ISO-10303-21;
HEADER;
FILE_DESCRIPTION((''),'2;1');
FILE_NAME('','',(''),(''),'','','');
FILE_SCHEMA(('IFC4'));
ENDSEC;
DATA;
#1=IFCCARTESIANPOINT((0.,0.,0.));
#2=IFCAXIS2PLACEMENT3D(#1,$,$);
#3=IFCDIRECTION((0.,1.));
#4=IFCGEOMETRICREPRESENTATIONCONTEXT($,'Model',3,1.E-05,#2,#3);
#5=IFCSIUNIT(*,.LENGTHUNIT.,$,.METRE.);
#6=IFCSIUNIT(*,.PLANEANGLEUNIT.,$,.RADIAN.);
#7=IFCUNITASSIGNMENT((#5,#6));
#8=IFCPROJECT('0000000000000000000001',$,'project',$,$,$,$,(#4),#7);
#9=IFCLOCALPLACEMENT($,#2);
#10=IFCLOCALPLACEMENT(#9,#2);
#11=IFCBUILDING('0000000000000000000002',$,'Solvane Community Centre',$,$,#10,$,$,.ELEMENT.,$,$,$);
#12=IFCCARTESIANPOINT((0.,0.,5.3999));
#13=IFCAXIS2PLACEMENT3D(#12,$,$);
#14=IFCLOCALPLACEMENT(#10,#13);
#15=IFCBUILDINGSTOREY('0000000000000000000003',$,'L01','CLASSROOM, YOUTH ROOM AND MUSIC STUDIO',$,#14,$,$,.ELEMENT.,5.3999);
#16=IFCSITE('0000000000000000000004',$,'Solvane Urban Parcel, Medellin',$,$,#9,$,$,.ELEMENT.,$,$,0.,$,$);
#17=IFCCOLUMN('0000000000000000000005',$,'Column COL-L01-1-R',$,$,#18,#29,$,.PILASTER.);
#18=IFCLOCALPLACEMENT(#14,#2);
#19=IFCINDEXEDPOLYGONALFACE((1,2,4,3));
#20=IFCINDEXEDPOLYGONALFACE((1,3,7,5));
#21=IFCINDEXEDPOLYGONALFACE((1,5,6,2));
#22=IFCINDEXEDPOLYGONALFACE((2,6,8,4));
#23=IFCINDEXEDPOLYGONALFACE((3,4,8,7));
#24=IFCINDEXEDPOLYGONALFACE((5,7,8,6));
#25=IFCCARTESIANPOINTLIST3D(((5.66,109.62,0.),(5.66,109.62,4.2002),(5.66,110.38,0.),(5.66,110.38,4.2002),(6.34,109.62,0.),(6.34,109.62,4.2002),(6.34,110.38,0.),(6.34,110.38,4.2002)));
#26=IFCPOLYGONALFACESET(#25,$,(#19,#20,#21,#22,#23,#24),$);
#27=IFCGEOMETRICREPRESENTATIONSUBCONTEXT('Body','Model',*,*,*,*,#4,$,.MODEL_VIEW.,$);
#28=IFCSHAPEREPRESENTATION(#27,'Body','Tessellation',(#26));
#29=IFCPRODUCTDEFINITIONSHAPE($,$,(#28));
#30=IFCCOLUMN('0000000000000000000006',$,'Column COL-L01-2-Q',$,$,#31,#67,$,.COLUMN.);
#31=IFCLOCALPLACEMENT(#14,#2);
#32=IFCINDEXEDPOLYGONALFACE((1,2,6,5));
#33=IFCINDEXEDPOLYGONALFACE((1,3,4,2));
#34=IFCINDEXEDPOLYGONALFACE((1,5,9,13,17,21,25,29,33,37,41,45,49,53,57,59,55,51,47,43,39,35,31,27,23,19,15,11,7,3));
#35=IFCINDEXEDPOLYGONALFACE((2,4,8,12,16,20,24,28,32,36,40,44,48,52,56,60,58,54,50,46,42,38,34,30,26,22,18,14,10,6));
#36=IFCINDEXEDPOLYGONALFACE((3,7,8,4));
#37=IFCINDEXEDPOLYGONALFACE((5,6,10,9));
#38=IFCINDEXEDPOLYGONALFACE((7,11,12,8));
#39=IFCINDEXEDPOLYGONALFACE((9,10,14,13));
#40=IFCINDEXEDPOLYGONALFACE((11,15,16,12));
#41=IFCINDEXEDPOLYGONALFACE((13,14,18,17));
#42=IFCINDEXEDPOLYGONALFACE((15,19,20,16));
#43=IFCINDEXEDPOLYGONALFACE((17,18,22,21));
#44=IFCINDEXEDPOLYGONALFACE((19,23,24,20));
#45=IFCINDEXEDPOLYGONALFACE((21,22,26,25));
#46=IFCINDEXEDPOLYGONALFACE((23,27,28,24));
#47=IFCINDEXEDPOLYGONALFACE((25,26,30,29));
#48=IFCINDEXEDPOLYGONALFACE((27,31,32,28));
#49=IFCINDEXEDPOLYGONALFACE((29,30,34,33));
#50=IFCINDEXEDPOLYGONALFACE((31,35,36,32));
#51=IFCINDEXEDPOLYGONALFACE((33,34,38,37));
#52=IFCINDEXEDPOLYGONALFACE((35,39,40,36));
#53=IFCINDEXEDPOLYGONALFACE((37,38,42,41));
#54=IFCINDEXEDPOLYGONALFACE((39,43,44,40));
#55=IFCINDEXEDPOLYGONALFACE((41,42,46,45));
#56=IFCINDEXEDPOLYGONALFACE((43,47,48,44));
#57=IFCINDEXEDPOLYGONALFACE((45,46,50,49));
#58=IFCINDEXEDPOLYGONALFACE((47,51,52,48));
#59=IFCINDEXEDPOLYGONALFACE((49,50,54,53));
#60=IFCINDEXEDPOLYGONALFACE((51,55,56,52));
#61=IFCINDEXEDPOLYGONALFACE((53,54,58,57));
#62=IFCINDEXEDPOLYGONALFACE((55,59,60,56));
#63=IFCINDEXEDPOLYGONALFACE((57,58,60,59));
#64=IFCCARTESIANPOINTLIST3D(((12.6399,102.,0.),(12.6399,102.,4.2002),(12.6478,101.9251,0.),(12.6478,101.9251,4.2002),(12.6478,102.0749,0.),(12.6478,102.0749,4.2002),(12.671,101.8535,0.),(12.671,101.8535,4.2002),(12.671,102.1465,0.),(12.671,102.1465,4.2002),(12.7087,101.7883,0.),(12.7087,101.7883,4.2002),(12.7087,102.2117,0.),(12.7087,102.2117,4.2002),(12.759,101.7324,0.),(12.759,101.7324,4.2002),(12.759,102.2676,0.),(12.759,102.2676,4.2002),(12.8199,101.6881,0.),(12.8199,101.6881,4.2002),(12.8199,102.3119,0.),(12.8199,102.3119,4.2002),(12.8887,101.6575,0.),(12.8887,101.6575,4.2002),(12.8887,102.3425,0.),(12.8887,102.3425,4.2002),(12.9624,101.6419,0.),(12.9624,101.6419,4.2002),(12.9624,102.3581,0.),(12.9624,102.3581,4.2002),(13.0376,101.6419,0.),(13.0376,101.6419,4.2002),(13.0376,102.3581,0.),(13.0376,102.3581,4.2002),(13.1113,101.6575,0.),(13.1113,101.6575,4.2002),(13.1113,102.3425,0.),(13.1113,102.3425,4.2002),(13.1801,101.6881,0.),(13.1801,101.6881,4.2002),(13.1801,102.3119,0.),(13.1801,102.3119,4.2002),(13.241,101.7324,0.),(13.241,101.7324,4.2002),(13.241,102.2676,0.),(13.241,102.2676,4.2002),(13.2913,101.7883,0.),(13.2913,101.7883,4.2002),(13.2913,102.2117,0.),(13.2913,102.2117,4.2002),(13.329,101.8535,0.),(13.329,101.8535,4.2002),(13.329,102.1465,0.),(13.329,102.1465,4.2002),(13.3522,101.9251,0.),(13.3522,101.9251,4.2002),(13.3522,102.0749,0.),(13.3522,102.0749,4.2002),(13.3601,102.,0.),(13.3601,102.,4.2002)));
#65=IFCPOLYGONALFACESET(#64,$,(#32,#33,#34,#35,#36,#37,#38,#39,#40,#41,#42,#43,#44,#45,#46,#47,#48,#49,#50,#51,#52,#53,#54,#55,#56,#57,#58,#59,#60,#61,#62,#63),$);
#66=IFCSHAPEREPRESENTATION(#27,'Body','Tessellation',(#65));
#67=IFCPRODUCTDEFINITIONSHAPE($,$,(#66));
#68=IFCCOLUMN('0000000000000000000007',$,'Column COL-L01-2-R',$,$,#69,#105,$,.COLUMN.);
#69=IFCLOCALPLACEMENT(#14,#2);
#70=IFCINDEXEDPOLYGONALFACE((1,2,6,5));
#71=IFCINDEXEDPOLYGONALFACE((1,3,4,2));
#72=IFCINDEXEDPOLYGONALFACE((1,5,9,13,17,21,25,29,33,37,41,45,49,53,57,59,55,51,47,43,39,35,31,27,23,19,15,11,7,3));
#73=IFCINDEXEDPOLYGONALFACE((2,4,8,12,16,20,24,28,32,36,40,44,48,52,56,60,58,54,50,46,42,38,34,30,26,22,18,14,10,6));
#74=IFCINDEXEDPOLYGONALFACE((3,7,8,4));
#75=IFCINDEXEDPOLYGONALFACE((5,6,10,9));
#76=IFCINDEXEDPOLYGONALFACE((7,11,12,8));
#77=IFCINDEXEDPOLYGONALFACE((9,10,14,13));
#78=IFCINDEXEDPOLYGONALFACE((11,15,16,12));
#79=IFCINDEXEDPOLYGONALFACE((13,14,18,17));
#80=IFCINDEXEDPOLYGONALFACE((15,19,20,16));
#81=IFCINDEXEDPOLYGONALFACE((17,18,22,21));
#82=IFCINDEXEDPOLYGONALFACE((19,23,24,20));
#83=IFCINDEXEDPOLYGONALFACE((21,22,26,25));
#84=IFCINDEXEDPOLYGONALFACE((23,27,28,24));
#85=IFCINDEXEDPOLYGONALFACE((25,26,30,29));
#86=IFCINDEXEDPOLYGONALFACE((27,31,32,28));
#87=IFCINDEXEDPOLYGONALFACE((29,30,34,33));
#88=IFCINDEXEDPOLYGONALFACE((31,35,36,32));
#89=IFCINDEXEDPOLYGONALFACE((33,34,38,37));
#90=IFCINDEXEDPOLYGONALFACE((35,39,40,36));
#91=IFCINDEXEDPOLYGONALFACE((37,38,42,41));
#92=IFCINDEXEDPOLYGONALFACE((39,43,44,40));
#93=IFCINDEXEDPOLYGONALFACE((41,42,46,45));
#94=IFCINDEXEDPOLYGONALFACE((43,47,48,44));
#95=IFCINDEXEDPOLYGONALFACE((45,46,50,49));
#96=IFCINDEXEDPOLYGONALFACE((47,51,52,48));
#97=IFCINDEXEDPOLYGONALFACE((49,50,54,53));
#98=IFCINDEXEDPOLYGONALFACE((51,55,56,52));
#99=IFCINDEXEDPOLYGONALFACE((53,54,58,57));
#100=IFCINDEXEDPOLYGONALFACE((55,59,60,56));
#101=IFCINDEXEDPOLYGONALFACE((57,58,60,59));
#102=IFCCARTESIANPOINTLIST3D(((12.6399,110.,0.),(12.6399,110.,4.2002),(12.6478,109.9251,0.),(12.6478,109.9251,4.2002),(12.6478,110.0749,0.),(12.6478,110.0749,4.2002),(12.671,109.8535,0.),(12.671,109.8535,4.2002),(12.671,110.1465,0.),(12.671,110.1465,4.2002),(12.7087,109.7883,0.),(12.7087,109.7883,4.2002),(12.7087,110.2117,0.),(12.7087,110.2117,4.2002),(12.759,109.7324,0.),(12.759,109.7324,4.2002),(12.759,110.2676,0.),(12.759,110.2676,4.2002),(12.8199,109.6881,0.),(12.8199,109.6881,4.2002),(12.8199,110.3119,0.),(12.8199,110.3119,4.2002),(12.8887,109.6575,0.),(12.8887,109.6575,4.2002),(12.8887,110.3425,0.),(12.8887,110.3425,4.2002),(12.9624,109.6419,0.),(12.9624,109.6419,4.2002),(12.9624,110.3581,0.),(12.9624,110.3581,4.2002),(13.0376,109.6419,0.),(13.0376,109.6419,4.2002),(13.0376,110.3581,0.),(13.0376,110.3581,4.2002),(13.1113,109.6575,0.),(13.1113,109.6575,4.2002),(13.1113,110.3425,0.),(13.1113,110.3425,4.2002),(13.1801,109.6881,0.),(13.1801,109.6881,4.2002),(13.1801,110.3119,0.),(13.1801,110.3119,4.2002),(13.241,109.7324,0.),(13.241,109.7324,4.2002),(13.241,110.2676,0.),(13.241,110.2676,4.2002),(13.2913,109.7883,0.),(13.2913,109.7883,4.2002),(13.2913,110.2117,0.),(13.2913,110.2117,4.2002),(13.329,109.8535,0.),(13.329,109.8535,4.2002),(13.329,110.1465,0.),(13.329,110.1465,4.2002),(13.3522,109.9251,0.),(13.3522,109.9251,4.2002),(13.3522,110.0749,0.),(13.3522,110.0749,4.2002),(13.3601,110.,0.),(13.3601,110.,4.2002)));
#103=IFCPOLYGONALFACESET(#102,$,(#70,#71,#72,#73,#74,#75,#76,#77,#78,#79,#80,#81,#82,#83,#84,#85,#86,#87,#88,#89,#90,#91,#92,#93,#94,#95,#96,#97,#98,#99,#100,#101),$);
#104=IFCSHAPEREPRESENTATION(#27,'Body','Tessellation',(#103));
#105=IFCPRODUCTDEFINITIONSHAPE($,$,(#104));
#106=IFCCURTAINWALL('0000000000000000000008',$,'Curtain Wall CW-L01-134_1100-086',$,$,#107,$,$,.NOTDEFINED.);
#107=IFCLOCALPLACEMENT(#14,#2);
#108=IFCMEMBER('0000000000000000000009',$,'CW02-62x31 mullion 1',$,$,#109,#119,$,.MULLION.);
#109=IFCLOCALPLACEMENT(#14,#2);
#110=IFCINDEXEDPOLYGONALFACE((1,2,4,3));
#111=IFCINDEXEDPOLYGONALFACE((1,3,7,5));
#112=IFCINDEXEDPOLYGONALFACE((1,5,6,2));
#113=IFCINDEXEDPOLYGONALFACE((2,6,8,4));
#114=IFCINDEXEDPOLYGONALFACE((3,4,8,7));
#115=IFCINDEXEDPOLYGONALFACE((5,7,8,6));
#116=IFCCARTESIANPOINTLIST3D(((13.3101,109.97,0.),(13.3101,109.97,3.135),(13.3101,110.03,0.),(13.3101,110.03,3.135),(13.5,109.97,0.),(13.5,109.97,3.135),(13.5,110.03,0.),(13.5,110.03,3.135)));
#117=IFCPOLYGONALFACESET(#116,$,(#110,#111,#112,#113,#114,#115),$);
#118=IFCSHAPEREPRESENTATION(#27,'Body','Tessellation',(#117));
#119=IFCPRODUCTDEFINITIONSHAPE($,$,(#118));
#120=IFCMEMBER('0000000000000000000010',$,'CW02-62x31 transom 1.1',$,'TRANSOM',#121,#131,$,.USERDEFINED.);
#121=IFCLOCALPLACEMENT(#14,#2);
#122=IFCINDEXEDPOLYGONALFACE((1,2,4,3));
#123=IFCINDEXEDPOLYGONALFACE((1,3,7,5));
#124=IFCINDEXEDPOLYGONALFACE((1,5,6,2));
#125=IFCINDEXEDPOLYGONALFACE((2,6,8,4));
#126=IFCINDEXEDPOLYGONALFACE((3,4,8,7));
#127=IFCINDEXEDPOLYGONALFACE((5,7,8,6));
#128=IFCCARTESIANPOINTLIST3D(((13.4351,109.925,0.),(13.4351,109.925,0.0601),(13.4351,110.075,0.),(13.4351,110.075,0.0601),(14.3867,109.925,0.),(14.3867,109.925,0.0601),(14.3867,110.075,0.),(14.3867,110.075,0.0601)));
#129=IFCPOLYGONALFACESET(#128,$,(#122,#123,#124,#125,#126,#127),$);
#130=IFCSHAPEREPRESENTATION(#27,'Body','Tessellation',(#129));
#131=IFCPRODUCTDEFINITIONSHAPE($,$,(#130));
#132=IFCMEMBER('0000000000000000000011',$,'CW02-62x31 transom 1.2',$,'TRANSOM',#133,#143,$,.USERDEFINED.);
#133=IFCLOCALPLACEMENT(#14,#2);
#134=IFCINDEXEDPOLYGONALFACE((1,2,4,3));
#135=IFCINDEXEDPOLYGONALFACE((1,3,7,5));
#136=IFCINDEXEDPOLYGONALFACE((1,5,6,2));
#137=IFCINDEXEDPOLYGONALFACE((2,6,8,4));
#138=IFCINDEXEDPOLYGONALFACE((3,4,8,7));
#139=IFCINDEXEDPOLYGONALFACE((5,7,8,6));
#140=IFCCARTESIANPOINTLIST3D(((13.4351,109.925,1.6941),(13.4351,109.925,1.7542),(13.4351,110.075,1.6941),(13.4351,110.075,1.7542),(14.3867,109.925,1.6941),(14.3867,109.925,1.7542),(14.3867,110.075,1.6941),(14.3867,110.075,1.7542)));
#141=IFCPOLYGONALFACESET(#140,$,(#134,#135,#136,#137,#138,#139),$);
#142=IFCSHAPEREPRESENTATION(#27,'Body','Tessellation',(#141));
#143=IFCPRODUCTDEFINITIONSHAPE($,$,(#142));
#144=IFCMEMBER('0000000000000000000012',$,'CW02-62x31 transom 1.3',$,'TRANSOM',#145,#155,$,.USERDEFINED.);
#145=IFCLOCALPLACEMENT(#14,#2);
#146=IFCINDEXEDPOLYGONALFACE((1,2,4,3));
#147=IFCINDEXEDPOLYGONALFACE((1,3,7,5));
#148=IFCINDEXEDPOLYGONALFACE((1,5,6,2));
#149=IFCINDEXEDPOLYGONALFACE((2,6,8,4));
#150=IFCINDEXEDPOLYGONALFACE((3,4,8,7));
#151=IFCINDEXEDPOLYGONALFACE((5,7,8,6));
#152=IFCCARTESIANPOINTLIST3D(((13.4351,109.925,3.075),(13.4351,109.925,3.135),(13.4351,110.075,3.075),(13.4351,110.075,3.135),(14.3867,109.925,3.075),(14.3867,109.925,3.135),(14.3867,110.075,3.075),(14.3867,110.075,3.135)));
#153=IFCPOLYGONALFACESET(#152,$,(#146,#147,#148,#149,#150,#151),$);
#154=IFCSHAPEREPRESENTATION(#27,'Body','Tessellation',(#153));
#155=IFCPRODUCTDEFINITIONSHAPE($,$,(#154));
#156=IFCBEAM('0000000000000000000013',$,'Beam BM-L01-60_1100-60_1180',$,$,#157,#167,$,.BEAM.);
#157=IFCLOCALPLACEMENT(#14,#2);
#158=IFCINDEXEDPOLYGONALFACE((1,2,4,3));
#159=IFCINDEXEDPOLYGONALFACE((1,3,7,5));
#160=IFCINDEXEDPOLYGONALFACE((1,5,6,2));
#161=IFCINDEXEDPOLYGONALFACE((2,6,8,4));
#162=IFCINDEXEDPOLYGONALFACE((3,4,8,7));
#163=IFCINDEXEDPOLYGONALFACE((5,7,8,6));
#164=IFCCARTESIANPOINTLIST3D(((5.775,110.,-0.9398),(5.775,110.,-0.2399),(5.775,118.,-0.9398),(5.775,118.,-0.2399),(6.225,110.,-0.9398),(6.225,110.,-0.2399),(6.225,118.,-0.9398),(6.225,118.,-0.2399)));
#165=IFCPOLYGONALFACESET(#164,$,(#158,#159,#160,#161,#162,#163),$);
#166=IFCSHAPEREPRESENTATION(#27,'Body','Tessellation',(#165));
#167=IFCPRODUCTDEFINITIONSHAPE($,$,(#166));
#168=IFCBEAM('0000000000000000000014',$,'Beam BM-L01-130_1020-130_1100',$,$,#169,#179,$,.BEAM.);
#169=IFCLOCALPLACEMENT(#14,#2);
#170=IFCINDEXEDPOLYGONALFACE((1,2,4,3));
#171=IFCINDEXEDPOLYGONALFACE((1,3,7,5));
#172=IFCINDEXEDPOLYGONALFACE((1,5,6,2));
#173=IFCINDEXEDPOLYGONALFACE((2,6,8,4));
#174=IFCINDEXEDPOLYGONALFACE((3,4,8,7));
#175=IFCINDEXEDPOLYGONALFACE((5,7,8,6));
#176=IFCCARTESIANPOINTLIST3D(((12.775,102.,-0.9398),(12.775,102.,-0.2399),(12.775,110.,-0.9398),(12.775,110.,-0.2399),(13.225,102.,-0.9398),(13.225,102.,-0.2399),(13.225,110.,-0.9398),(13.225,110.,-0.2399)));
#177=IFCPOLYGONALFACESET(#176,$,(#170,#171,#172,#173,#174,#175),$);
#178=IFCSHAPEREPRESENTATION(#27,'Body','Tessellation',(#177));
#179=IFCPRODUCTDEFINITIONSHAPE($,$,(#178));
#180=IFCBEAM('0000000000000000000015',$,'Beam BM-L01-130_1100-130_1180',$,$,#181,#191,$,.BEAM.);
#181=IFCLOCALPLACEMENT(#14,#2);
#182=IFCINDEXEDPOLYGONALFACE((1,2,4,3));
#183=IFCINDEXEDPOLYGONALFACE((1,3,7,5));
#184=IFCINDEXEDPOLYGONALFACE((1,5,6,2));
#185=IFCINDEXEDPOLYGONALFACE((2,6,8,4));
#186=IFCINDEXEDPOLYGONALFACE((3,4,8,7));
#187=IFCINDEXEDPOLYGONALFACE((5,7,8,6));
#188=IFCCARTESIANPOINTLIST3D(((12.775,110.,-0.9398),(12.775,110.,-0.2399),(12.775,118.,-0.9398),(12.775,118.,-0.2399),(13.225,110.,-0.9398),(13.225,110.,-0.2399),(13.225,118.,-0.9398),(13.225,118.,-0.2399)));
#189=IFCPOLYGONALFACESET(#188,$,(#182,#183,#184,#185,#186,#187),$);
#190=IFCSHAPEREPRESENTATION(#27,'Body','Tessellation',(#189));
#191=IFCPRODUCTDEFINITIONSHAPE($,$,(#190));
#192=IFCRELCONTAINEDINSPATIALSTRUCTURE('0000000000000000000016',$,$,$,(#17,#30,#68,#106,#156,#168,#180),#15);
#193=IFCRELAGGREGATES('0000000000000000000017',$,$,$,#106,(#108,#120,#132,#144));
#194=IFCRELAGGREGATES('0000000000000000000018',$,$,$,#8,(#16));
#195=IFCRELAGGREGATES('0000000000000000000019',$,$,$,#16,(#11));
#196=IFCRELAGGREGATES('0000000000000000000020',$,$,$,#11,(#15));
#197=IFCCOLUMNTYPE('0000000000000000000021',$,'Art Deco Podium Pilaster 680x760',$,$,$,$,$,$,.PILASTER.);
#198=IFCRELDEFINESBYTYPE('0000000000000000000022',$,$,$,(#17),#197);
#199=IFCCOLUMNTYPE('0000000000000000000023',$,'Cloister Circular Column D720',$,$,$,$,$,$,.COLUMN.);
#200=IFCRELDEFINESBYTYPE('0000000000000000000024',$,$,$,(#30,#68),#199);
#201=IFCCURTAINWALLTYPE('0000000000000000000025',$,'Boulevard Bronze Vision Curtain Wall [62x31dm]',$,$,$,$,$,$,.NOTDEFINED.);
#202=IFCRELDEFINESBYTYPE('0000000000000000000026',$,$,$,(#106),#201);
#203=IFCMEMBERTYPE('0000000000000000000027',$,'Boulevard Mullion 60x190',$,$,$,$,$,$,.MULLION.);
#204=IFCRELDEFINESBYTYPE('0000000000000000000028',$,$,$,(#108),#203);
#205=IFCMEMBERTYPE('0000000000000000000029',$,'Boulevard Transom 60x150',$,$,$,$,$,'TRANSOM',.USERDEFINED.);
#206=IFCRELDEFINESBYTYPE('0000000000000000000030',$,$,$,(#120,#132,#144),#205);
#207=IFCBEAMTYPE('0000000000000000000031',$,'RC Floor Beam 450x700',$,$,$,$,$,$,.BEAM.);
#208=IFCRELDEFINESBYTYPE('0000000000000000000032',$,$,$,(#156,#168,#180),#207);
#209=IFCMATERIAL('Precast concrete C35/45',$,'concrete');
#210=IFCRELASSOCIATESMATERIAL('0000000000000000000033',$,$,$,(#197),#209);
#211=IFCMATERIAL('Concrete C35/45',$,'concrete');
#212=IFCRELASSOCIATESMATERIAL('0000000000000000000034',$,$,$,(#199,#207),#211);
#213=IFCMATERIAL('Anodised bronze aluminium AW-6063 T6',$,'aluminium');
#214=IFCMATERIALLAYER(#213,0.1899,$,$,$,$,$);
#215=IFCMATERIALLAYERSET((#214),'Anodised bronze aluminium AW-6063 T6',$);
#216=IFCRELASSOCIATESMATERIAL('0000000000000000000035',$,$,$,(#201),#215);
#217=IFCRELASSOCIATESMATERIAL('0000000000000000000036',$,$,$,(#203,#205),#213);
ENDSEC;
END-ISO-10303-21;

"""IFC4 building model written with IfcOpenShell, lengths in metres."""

from ifc_helpers import new_model, si_unit, direction, frame, origin, origin_2d, place, context, subcontext, project, spatial, rectangle, circle, extrude, material, layer, layer_set, material_profile, profile_set, type_object, element, aggregate, save


model = new_model("IFC4")

# Units and contexts
model_context = context("Model", 3, precision=1e-05, world=origin(), true_north=direction((0.0, 1.0)))
body_context = subcontext(model_context, "Body", "Model", "MODEL_VIEW")
ifc_project = project(units=[si_unit("LENGTHUNIT", "METRE"), si_unit("PLANEANGLEUNIT", "RADIAN")], contexts=[model_context])

# Site, building, storey
site_placement = place(None, origin())
site = spatial("IfcSite", under=ifc_project, at=site_placement, Name="Solvane Urban Parcel, Medellin", CompositionType="ELEMENT", RefElevation=0.0)
building_placement = place(site_placement, origin())
building = spatial("IfcBuilding", under=site, at=building_placement, Name="Solvane Community Centre", CompositionType="ELEMENT")
storey_placement = place(building_placement, frame((0.0, 0.0, 5.3999)))
storey = spatial("IfcBuildingStorey", under=building, at=storey_placement, Name="L01", Description="CLASSROOM, YOUTH ROOM AND MUSIC STUDIO", CompositionType="ELEMENT", Elevation=5.3999)

# Columns
ifc_material_1 = material(Name="Precast concrete C35/45", Category="concrete")
ifc_material_profile_1 = material_profile(ifc_material_1, rectangle(XDim=0.6799, YDim=0.76, at=origin_2d()), Name="RC 680x760")
ifc_profile_set_1 = profile_set([ifc_material_profile_1], Name="Precast concrete C35/45")
column_type_1 = type_object("IfcColumnType", Name="Art Deco Podium Pilaster 680x760", PredefinedType="PILASTER", material=ifc_profile_set_1)
column_placement = place(storey_placement, frame((6.0, 110.0, 0.0), z_axis=(0.0, 0.0, 1.0), x_axis=(1.0, 0.0, 0.0)))
element("IfcColumn", 1, at=column_placement, inside=storey, type_object=column_type_1, Name="Column COL-L01-1-R", PredefinedType="PILASTER", context=body_context, shape_type="SweptSolid", body=[
    extrude(rectangle(XDim=0.6799, YDim=0.76, at=origin_2d()), origin(), (0.0, 0.0, 1.0), 4.2002),
])
ifc_material_2 = material(Name="Concrete C35/45", Category="concrete")
ifc_material_profile_2 = material_profile(ifc_material_2, circle(Radius=0.3601, at=origin_2d()), Name="RC D720")
ifc_profile_set_2 = profile_set([ifc_material_profile_2], Name="Concrete C35/45")
column_type_2 = type_object("IfcColumnType", Name="Cloister Circular Column D720", PredefinedType="COLUMN", material=ifc_profile_set_2)
for number, where, z_axis, x_axis, name in (
    (2, (13.0, 102.0, 0.0), (0.0, 0.0, 1.0), (1.0, 0.0, 0.0), "Column COL-L01-2-Q"),
    (3, (13.0, 110.0, 0.0), (0.0, 0.0, 1.0), (1.0, 0.0, 0.0), "Column COL-L01-2-R"),
):
    element("IfcColumn", number, at=place(storey_placement, frame(where, z_axis=z_axis, x_axis=x_axis)), inside=storey, type_object=column_type_2, Name=name, PredefinedType="COLUMN", context=body_context, shape_type="SweptSolid", body=[
        extrude(circle(Radius=0.3601, at=origin_2d()), origin(), (0.0, 0.0, 1.0), 4.2002),
    ])

# Curtain wall, members
ifc_material_3 = material(Name="Anodised bronze aluminium AW-6063 T6", Category="aluminium")
ifc_layer_1 = layer(ifc_material_3, 0.1899)
ifc_layer_set_1 = layer_set([ifc_layer_1], Name="Anodised bronze aluminium AW-6063 T6")
curtain_wall_type = type_object("IfcCurtainWallType", Name="Boulevard Bronze Vision Curtain Wall [62x31dm]", PredefinedType="NOTDEFINED", material=ifc_layer_set_1)
curtain_wall_placement = place(storey_placement, origin())
curtain_wall = element("IfcCurtainWall", 4, at=curtain_wall_placement, inside=storey, type_object=curtain_wall_type, Name="Curtain Wall CW-L01-134_1100-086", PredefinedType="NOTDEFINED")
ifc_material_profile_3 = material_profile(ifc_material_3, rectangle(XDim=0.0601, YDim=0.1899, at=origin_2d()), Name="CW-M 60x190")
ifc_profile_set_3 = profile_set([ifc_material_profile_3], Name="Anodised bronze aluminium AW-6063 T6")
member_type_1 = type_object("IfcMemberType", Name="Boulevard Mullion 60x190", PredefinedType="MULLION", material=ifc_profile_set_3)
member_1_placement = place(storey_placement, frame((13.405, 110.0, 0.0), z_axis=(0.0, 0.0, 1.0), x_axis=(0.0, 1.0, 0.0)))
member_1 = element("IfcMember", 5, at=member_1_placement, type_object=member_type_1, Name="CW02-62x31 mullion 1", PredefinedType="MULLION", context=body_context, shape_type="SweptSolid", body=[
    extrude(rectangle(XDim=0.0601, YDim=0.1899, at=origin_2d()), origin(), (0.0, 0.0, 1.0), 3.135),
])
ifc_material_profile_4 = material_profile(ifc_material_3, rectangle(XDim=0.1499, YDim=0.0601, at=origin_2d()), Name="CW-T 60x150")
ifc_profile_set_4 = profile_set([ifc_material_profile_4], Name="Anodised bronze aluminium AW-6063 T6")
member_type_2 = type_object("IfcMemberType", Name="Boulevard Transom 60x150", ElementType="TRANSOM", PredefinedType="USERDEFINED", material=ifc_profile_set_4)
member_2_placement = place(storey_placement, frame((13.4351, 110.0, 0.03), z_axis=(1.0, 0.0, 0.0), x_axis=(0.0, 1.0, 0.0)))
member_2 = element("IfcMember", 6, at=member_2_placement, type_object=member_type_2, Name="CW02-62x31 transom 1.1", ObjectType="TRANSOM", PredefinedType="USERDEFINED", context=body_context, shape_type="SweptSolid", body=[
    extrude(rectangle(XDim=0.1499, YDim=0.0601, at=origin_2d()), origin(), (0.0, 0.0, 1.0), 0.9517),
])
member_3_placement = place(storey_placement, frame((13.4351, 110.0, 1.7241), z_axis=(1.0, 0.0, 0.0), x_axis=(0.0, 1.0, 0.0)))
member_3 = element("IfcMember", 7, at=member_3_placement, type_object=member_type_2, Name="CW02-62x31 transom 1.2", ObjectType="TRANSOM", PredefinedType="USERDEFINED", context=body_context, shape_type="SweptSolid", body=[
    extrude(rectangle(XDim=0.1499, YDim=0.0601, at=origin_2d()), origin(), (0.0, 0.0, 1.0), 0.9517),
])
member_4_placement = place(storey_placement, frame((13.4351, 110.0, 3.105), z_axis=(1.0, 0.0, 0.0), x_axis=(0.0, 1.0, 0.0)))
member_4 = element("IfcMember", 8, at=member_4_placement, type_object=member_type_2, Name="CW02-62x31 transom 1.3", ObjectType="TRANSOM", PredefinedType="USERDEFINED", context=body_context, shape_type="SweptSolid", body=[
    extrude(rectangle(XDim=0.1499, YDim=0.0601, at=origin_2d()), origin(), (0.0, 0.0, 1.0), 0.9517),
])

# Beams
ifc_material_profile_5 = material_profile(ifc_material_2, rectangle(XDim=0.45, YDim=0.7, at=origin_2d()), Name="RC 450x700")
ifc_profile_set_5 = profile_set([ifc_material_profile_5], Name="Concrete C35/45")
beam_type_1 = type_object("IfcBeamType", Name="RC Floor Beam 450x700", PredefinedType="BEAM", material=ifc_profile_set_5)
for number, where, z_axis, x_axis, name in (
    (9, (6.0, 110.0, -0.5898), (0.0, 1.0, 0.0), (-1.0, 0.0, 0.0), "Beam BM-L01-60_1100-60_1180"),
    (10, (13.0, 102.0, -0.5898), (0.0, 1.0, 0.0), (-1.0, 0.0, 0.0), "Beam BM-L01-130_1020-130_1100"),
    (11, (13.0, 110.0, -0.5898), (0.0, 1.0, 0.0), (-1.0, 0.0, 0.0), "Beam BM-L01-130_1100-130_1180"),
):
    element("IfcBeam", number, at=place(storey_placement, frame(where, z_axis=z_axis, x_axis=x_axis)), inside=storey, type_object=beam_type_1, Name=name, PredefinedType="BEAM", context=body_context, shape_type="SweptSolid", body=[
        extrude(rectangle(XDim=0.45, YDim=0.7, at=origin_2d()), origin(), (0.0, 0.0, 1.0), 8.0),
    ])

aggregate(curtain_wall, [member_1, member_2, member_3, member_4])

save(model, "model.ifc")
